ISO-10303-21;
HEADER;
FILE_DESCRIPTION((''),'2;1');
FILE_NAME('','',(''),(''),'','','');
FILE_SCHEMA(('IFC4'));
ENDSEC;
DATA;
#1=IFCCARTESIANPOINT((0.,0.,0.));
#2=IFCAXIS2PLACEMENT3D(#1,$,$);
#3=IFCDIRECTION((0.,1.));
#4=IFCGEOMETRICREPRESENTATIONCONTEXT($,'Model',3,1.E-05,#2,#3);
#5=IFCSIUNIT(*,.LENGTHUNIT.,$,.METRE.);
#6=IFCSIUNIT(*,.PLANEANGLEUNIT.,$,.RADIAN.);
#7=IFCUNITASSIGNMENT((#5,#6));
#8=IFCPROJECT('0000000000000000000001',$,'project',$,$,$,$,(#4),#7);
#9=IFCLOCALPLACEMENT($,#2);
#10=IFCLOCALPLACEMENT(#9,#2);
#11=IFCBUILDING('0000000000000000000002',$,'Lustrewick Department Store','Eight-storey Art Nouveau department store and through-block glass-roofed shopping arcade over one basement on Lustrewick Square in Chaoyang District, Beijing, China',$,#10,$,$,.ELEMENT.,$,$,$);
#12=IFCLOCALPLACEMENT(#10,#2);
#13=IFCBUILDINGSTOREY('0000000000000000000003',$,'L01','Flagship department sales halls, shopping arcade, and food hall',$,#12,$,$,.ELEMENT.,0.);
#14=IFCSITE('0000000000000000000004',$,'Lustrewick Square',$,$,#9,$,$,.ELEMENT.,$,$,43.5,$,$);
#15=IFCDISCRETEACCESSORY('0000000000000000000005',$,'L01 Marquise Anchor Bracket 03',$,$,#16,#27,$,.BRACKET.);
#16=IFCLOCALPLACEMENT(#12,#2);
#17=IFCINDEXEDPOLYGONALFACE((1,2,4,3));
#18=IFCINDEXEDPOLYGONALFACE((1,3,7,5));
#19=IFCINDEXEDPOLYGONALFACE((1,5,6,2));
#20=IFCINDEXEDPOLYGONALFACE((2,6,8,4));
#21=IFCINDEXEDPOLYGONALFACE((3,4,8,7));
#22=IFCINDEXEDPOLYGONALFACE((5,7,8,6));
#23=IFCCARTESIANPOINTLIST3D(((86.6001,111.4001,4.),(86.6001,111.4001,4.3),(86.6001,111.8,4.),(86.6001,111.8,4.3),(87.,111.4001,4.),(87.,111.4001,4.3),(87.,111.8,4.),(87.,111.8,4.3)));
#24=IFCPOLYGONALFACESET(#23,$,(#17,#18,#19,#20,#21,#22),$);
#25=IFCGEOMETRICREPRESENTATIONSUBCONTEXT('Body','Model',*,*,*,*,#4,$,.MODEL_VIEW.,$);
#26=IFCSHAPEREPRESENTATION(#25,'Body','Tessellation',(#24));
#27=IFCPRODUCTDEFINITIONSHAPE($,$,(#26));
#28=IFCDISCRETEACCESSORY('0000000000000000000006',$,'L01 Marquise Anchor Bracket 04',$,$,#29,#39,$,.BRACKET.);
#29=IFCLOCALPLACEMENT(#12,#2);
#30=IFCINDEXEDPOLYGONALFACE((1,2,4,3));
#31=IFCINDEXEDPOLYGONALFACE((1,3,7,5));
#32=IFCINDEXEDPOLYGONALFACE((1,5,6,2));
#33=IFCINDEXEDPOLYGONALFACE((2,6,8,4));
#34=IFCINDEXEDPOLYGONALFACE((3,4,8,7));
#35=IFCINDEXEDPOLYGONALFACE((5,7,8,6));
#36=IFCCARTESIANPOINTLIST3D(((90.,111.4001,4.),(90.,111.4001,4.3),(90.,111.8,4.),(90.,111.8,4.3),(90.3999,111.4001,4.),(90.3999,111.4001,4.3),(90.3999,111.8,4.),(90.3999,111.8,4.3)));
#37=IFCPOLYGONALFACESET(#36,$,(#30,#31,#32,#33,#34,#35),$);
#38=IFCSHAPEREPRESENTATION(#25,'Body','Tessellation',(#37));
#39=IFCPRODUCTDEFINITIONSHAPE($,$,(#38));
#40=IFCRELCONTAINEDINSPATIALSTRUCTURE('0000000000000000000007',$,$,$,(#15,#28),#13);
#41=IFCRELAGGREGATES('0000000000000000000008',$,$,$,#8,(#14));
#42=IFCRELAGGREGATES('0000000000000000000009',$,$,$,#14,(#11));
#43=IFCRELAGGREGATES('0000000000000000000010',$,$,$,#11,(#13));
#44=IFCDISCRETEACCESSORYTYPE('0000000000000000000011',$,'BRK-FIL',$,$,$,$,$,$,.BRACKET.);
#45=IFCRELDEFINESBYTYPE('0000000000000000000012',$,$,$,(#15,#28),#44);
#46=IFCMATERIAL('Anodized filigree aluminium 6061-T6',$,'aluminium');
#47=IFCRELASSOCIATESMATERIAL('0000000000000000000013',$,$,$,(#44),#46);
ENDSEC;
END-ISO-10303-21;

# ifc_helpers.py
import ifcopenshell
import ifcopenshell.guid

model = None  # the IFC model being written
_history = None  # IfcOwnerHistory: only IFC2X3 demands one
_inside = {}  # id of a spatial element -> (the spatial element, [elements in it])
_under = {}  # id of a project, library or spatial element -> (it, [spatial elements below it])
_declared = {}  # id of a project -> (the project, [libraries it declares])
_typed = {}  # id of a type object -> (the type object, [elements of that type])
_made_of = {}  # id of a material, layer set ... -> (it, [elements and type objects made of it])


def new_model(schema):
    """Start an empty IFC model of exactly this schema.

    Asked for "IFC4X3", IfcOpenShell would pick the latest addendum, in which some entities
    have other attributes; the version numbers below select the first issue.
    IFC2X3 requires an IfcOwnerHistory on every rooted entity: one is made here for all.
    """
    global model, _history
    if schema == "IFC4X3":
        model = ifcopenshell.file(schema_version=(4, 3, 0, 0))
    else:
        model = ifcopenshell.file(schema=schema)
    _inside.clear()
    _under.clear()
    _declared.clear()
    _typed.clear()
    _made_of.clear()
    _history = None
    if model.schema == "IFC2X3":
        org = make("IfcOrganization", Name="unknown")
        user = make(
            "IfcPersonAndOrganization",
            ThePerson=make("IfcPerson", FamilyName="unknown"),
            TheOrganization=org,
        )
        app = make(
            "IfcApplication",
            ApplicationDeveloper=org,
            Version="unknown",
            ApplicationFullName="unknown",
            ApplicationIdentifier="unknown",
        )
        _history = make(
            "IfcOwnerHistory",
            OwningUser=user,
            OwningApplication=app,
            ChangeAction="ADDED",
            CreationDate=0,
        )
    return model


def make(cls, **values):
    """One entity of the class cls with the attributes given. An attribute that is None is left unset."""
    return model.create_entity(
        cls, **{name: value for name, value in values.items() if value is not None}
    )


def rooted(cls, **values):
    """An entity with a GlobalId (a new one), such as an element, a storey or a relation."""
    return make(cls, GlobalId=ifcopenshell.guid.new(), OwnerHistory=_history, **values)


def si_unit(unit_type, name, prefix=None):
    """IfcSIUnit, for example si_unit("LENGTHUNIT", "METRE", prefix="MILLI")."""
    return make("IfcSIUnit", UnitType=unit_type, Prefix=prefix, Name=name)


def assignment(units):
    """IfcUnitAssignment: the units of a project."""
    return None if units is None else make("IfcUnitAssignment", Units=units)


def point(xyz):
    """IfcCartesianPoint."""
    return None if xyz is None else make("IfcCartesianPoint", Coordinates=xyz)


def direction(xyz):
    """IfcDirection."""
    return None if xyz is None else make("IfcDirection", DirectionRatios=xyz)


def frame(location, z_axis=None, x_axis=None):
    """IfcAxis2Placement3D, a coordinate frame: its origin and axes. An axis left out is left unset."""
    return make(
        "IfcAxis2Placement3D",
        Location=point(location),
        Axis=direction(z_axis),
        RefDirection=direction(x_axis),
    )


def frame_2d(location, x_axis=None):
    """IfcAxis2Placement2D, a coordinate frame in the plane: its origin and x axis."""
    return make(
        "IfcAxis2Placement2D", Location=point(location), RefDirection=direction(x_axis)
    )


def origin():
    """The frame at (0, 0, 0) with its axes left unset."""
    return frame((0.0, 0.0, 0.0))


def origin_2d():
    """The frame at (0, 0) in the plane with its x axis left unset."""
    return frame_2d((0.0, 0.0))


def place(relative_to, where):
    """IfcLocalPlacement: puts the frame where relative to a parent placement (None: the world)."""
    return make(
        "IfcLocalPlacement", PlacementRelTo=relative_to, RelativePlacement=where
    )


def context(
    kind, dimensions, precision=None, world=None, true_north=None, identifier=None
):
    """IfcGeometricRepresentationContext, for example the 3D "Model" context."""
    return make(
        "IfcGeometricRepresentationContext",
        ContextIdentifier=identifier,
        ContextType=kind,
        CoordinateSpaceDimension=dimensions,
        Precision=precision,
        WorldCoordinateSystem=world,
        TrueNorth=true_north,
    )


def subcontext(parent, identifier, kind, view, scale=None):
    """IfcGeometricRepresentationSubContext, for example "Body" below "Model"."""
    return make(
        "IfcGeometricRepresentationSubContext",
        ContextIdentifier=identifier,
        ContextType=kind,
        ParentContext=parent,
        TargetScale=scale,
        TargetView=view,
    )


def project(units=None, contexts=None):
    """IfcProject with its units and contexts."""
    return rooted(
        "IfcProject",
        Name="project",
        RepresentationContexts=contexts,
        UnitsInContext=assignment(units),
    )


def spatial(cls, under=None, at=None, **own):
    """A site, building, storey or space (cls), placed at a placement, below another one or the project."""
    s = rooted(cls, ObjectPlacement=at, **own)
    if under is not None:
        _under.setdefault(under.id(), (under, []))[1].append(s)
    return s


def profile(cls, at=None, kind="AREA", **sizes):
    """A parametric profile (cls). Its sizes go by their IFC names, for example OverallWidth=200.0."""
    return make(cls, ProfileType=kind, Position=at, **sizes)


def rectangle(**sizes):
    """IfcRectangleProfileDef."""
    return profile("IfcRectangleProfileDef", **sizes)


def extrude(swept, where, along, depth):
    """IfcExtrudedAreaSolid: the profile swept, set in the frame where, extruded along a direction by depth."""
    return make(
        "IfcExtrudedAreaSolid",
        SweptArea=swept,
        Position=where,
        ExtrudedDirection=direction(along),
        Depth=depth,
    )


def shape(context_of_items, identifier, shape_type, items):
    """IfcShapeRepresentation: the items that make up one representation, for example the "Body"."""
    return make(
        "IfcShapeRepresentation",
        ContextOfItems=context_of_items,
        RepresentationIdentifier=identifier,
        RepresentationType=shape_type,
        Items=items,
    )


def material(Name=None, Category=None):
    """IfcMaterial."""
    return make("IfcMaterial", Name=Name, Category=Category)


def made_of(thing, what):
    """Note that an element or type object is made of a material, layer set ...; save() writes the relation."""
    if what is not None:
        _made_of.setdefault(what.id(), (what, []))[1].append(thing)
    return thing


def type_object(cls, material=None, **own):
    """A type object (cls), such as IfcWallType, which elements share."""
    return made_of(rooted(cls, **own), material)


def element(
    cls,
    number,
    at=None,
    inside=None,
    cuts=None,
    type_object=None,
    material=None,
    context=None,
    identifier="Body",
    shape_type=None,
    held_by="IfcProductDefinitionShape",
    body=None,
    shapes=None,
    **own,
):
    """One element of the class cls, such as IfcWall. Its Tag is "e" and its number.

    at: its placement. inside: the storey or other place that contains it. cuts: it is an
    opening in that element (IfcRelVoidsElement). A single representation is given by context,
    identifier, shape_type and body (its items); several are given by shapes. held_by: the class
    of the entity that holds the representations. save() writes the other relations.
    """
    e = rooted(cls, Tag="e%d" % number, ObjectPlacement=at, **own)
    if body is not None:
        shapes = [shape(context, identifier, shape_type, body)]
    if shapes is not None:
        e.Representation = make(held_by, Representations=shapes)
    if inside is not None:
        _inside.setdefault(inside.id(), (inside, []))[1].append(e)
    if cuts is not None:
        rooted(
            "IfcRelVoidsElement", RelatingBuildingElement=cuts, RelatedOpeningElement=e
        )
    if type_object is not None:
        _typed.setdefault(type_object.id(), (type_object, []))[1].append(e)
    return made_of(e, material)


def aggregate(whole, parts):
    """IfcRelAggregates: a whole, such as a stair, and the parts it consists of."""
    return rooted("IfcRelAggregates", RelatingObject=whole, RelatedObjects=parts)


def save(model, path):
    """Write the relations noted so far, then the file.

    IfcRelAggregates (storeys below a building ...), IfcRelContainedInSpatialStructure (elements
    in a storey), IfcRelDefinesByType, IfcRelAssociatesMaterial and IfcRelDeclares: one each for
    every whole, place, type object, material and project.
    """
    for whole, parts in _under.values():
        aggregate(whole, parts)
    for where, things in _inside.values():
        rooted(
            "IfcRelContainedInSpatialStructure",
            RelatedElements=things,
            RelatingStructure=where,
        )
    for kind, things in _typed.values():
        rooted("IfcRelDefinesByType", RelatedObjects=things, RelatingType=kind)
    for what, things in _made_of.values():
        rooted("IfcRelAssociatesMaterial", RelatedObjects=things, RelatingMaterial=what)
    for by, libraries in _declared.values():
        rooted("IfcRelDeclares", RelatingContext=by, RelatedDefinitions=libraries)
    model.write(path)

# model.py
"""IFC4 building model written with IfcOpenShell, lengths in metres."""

from ifc_helpers import new_model, si_unit, direction, frame, origin, origin_2d, place, context, subcontext, project, spatial, rectangle, extrude, material, type_object, element, save


model = new_model("IFC4")

# Units and contexts
model_context = context("Model", 3, precision=1e-05, world=origin(), true_north=direction((0.0, 1.0)))
body_context = subcontext(model_context, "Body", "Model", "MODEL_VIEW")
ifc_project = project(units=[si_unit("LENGTHUNIT", "METRE"), si_unit("PLANEANGLEUNIT", "RADIAN")], contexts=[model_context])

# Site, building, storey
site_placement = place(None, origin())
site = spatial("IfcSite", under=ifc_project, at=site_placement, Name="Lustrewick Square", CompositionType="ELEMENT", RefElevation=43.5)
building_placement = place(site_placement, origin())
building = spatial("IfcBuilding", under=site, at=building_placement, Name="Lustrewick Department Store", Description="Eight-storey Art Nouveau department store and through-block glass-roofed shopping arcade over one basement on Lustrewick Square in Chaoyang District, Beijing, China", CompositionType="ELEMENT")
storey_placement = place(building_placement, origin())
storey = spatial("IfcBuildingStorey", under=building, at=storey_placement, Name="L01", Description="Flagship department sales halls, shopping arcade, and food hall", CompositionType="ELEMENT", Elevation=0.0)

# Discrete accessories
ifc_material_1 = material(Name="Anodized filigree aluminium 6061-T6", Category="aluminium")
discrete_accessory_type = type_object("IfcDiscreteAccessoryType", Name="BRK-FIL", PredefinedType="BRACKET", material=ifc_material_1)
for number, where, z_axis, x_axis, name in (
    (1, (86.8, 111.6001, 4.0), (0.0, 0.0, 1.0), (1.0, 0.0, 0.0), "L01 Marquise Anchor Bracket 03"),
    (2, (90.2, 111.6001, 4.0), (0.0, 0.0, 1.0), (1.0, 0.0, 0.0), "L01 Marquise Anchor Bracket 04"),
):
    element("IfcDiscreteAccessory", number, at=place(storey_placement, frame(where, z_axis=z_axis, x_axis=x_axis)), inside=storey, type_object=discrete_accessory_type, Name=name, PredefinedType="BRACKET", context=body_context, shape_type="SweptSolid", body=[
        extrude(rectangle(XDim=0.3999, YDim=0.3999, at=origin_2d()), origin(), (0.0, 0.0, 1.0), 0.3),
    ])

save(model, "model.ifc")
